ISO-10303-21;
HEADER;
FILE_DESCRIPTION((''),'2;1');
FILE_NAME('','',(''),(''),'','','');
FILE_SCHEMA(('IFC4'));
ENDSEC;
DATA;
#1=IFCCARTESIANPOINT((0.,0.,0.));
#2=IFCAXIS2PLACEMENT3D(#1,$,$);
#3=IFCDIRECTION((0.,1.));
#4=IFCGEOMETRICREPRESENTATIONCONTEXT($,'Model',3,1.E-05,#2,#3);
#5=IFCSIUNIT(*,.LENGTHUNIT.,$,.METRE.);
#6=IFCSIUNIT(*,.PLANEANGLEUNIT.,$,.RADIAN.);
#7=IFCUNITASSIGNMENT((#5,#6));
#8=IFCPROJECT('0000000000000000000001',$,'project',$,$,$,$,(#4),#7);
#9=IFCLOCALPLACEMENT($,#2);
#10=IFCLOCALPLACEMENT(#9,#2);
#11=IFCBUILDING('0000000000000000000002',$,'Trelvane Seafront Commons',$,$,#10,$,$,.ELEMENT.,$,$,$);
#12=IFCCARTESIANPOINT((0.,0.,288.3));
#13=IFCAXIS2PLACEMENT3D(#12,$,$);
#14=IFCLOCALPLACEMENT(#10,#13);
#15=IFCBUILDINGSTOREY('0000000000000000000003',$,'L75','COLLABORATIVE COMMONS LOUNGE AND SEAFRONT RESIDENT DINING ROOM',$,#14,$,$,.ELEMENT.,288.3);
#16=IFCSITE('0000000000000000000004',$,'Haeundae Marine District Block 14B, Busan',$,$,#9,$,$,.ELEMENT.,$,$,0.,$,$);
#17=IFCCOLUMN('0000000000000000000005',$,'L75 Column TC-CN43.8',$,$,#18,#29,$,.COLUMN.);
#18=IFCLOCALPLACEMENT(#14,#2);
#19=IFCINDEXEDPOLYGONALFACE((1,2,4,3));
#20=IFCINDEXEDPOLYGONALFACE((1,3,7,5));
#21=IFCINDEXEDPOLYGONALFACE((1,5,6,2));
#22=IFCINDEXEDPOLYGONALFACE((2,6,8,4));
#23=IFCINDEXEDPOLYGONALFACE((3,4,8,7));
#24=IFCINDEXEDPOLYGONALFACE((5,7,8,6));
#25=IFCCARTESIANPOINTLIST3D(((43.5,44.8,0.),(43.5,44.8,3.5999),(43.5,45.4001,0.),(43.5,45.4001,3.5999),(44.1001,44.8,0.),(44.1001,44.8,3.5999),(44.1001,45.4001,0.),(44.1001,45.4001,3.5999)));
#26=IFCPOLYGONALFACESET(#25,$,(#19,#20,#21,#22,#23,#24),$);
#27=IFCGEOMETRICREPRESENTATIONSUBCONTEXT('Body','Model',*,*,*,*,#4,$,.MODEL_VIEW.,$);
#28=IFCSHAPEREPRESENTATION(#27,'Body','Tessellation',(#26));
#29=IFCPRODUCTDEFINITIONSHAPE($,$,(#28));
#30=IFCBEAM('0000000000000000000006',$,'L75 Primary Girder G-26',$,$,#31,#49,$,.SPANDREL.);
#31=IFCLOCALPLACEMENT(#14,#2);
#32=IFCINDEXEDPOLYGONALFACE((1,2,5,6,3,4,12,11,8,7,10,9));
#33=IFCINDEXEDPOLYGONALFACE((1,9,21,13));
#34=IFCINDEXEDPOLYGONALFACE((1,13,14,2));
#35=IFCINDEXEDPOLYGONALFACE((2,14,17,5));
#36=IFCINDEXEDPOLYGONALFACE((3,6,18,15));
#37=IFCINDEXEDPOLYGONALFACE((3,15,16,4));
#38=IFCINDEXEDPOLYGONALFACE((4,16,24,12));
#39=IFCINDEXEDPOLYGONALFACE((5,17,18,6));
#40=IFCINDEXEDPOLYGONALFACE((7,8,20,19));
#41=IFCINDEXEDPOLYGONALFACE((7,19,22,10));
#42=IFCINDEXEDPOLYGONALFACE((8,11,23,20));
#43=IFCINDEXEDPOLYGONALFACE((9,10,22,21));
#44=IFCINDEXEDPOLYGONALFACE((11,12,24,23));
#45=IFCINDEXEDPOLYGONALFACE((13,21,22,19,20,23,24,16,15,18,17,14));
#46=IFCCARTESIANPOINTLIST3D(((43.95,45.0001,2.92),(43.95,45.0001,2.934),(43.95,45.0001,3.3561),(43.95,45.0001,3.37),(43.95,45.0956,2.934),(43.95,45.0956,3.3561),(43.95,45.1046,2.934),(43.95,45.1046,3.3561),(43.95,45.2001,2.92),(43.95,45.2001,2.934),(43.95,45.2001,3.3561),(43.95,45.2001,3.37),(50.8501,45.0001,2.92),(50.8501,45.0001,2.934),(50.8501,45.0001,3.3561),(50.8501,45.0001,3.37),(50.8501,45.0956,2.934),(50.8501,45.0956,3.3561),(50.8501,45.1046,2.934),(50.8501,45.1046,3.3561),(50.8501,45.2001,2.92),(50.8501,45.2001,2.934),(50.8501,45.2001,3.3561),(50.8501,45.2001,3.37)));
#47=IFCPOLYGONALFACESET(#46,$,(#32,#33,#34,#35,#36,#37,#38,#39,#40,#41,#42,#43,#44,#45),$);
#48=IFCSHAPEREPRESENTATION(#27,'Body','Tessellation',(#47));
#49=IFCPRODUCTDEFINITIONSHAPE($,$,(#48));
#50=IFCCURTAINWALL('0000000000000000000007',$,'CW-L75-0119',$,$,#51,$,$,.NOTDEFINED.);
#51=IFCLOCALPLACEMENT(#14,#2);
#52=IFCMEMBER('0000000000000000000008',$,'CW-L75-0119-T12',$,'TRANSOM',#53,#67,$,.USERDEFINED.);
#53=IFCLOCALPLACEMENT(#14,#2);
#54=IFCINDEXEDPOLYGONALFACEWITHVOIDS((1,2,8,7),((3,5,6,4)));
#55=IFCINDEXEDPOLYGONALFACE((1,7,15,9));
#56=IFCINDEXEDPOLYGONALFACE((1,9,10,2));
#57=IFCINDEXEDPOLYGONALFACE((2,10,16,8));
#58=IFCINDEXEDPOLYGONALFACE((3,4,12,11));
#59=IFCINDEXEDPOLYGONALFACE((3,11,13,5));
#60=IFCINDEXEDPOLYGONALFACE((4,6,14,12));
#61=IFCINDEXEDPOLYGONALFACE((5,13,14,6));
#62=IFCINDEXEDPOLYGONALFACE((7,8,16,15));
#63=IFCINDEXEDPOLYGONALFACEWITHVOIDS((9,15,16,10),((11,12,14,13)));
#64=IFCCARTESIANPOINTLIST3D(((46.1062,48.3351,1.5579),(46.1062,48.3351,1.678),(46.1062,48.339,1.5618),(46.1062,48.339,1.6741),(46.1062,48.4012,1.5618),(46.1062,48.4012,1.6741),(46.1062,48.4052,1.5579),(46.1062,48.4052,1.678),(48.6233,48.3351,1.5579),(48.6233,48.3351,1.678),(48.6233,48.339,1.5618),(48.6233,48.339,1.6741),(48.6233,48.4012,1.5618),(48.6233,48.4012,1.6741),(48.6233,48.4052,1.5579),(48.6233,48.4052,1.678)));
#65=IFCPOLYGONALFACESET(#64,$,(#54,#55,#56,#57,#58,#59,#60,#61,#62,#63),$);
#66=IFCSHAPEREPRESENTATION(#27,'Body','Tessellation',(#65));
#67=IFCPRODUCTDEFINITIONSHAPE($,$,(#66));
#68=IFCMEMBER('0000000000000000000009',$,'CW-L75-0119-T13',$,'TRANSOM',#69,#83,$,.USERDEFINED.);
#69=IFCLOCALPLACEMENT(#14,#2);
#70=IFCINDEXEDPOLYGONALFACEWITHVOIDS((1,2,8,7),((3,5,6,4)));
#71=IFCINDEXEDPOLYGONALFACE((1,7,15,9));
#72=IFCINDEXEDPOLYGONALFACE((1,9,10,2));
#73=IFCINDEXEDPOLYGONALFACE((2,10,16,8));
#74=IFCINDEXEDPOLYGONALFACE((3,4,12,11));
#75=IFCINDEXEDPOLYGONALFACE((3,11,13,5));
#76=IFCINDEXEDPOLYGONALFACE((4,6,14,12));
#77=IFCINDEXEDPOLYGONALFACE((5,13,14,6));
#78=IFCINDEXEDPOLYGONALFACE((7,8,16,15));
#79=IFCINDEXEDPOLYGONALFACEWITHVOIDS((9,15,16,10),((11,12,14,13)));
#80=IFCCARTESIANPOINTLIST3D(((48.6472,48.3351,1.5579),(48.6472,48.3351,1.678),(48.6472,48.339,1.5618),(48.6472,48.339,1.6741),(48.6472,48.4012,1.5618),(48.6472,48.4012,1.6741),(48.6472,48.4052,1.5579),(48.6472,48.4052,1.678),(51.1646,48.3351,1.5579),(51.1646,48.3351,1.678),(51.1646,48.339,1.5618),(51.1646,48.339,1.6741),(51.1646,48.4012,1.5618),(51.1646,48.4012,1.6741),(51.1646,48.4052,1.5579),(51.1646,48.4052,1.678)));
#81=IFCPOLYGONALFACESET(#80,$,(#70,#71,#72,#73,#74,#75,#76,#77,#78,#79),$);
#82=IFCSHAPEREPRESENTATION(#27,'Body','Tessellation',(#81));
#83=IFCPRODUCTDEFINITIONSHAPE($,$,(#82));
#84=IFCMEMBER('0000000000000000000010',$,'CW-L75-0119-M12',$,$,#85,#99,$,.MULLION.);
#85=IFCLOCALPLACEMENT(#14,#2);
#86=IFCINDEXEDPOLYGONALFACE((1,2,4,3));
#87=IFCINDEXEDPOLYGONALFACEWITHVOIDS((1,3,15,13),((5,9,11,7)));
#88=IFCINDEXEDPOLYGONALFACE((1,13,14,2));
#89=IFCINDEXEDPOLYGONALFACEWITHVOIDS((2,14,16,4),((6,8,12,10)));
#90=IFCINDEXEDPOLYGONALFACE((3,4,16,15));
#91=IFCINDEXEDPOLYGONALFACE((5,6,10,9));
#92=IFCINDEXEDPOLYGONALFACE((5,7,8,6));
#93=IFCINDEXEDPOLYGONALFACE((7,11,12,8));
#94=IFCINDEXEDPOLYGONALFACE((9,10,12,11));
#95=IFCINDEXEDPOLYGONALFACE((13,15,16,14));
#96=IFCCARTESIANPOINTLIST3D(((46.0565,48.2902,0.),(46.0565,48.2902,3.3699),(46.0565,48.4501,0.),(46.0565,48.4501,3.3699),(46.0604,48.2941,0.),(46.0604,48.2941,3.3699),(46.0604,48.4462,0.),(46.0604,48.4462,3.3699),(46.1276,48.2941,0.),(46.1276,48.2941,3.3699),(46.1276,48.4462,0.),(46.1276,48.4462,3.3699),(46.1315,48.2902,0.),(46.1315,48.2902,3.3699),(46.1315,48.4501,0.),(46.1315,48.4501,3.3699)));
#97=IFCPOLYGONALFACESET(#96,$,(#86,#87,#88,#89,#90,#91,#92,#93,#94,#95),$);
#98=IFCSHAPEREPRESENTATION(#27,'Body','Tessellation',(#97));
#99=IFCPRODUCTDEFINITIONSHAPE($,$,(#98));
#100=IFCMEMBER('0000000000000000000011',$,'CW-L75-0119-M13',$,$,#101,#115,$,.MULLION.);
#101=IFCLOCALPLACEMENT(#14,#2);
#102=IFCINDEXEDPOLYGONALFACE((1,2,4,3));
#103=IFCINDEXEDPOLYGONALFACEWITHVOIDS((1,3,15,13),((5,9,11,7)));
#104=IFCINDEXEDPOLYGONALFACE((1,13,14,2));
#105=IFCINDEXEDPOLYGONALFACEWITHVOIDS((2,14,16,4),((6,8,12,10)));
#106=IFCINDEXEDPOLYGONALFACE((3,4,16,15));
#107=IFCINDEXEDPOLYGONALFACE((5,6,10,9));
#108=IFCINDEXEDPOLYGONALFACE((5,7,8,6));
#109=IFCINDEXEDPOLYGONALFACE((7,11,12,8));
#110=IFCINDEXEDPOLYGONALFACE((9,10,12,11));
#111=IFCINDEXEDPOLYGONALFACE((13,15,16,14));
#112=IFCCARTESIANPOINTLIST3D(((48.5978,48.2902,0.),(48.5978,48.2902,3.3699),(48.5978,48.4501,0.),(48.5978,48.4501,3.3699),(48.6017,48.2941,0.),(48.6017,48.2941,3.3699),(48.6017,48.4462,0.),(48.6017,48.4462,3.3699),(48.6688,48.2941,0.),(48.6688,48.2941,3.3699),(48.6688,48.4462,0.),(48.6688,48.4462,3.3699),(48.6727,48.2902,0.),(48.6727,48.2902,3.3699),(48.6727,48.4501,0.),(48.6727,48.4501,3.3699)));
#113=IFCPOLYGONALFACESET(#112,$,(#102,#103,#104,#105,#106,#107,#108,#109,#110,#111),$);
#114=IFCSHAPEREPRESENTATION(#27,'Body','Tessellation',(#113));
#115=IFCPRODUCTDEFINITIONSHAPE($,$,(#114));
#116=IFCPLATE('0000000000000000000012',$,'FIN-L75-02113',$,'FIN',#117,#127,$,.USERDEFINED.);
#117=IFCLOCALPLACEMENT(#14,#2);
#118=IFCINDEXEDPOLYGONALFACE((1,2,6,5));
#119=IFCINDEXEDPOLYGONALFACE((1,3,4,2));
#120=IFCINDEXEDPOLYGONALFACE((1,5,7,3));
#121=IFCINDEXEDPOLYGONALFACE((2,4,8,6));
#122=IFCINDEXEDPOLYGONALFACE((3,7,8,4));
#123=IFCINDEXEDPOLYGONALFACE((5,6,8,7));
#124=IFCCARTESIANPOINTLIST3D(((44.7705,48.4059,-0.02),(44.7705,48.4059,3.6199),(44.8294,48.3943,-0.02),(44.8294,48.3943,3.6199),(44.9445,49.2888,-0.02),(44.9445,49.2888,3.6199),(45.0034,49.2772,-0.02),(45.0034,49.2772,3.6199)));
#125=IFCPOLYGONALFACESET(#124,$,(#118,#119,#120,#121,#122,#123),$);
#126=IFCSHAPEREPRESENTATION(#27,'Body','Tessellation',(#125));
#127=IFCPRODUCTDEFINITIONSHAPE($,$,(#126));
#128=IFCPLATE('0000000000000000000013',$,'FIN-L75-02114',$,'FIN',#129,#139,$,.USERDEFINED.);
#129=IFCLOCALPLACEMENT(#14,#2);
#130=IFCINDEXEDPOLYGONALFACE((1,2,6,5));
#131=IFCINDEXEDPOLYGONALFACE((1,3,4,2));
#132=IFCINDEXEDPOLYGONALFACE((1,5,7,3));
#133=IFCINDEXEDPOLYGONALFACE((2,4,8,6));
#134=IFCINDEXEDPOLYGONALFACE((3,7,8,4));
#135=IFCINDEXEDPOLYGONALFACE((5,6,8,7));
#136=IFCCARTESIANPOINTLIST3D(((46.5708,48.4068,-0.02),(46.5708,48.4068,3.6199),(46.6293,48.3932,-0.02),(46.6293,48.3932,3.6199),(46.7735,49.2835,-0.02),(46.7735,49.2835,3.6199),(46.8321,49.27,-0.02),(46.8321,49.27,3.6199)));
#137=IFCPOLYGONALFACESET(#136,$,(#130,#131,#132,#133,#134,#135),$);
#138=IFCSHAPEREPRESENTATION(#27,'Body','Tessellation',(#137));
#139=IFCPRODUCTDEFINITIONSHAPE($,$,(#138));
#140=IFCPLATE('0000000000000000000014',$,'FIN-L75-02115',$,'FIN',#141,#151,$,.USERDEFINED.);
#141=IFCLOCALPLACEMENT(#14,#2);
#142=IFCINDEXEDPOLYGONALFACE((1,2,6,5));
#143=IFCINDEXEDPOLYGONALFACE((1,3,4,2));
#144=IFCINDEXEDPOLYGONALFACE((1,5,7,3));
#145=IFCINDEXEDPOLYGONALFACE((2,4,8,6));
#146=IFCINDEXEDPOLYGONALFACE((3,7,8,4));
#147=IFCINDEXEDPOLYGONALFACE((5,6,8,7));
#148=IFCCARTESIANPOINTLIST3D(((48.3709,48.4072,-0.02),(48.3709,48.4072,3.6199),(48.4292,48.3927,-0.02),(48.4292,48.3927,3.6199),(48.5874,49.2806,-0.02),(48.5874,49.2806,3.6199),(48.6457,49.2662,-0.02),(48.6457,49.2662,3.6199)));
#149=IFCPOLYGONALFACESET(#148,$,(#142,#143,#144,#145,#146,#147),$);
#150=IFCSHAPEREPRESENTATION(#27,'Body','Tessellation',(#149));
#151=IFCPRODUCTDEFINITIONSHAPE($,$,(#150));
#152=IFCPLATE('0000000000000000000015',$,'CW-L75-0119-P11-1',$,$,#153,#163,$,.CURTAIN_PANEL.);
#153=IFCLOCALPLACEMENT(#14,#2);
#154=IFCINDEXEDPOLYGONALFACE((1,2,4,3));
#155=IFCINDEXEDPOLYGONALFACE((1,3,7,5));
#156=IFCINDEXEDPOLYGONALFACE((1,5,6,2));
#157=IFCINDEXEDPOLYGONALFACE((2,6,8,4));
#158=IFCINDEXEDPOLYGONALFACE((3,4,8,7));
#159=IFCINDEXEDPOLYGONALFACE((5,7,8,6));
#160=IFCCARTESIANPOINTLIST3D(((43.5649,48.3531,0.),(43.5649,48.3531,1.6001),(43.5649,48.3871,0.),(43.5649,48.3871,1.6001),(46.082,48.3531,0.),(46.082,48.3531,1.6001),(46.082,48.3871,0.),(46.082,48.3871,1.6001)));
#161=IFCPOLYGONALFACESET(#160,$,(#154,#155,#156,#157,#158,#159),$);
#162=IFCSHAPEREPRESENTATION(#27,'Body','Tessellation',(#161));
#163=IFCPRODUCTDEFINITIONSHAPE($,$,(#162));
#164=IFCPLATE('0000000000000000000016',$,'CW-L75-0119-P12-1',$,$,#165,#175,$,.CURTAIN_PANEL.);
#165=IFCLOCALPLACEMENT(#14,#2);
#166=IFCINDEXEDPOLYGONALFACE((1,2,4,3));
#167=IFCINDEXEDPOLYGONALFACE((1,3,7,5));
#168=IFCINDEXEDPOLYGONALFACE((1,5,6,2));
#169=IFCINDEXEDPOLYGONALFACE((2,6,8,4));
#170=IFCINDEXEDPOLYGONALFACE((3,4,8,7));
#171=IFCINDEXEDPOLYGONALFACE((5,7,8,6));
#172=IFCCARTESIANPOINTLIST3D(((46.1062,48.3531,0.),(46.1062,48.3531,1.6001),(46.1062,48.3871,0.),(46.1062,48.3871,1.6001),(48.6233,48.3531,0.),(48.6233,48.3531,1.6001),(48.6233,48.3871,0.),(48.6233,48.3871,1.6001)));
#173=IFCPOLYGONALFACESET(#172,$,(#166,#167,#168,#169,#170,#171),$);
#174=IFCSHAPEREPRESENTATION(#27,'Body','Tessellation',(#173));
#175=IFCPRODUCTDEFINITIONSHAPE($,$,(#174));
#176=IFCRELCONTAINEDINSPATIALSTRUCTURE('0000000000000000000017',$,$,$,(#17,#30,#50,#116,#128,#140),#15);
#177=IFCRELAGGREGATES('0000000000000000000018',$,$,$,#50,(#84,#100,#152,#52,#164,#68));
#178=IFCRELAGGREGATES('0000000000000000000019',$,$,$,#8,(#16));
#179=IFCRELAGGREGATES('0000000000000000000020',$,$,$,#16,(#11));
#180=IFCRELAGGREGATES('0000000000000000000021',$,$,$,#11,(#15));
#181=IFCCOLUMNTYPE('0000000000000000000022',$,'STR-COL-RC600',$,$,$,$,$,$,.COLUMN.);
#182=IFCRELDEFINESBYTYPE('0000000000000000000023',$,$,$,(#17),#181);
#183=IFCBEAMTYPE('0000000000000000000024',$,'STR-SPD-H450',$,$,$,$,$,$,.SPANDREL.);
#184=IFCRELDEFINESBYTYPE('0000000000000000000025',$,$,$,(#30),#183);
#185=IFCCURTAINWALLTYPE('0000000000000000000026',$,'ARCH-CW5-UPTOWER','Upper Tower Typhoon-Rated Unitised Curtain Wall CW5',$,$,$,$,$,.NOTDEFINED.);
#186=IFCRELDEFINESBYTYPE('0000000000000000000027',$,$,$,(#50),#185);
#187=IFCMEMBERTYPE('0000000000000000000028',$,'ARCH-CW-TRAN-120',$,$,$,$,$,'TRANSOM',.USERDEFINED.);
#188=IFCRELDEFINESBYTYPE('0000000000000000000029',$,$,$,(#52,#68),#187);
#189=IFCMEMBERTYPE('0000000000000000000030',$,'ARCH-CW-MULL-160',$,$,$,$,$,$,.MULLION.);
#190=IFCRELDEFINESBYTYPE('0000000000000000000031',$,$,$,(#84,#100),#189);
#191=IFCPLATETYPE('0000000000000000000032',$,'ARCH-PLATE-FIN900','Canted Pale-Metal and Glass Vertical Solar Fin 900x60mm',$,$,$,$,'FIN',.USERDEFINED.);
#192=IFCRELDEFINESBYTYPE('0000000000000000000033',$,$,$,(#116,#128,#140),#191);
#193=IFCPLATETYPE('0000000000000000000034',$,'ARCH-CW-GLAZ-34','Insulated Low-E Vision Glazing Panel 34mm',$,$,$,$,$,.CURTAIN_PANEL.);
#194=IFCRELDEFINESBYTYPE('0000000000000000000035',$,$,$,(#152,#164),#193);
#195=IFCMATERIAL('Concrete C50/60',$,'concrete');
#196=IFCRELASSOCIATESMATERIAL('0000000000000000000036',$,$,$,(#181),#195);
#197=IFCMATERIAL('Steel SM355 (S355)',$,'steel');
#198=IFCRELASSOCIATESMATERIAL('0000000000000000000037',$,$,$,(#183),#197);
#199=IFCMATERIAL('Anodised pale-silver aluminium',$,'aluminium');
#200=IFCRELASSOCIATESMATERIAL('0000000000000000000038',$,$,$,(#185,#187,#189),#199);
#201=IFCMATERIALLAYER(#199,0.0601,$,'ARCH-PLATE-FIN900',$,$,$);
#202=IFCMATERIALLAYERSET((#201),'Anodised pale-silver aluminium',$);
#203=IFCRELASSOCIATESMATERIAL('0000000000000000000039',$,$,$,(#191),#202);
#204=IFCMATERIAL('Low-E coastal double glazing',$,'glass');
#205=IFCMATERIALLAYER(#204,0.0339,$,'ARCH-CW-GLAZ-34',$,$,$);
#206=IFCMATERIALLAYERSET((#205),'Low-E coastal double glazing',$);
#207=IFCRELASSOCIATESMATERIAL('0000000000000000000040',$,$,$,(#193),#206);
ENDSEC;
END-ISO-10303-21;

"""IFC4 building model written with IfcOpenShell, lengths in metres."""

from ifc_helpers import new_model, si_unit, direction, frame, origin, origin_2d, place, context, subcontext, project, spatial, rectangle, hollow_rectangle, i_section, extrude, source, transform, mapped, material, layer, layer_set, material_profile, profile_set, type_object, element, aggregate, save


model = new_model("IFC4")

# Units and contexts
model_context = context("Model", 3, precision=1e-05, world=origin(), true_north=direction((0.0, 1.0)))
body_context = subcontext(model_context, "Body", "Model", "MODEL_VIEW")
ifc_project = project(units=[si_unit("LENGTHUNIT", "METRE"), si_unit("PLANEANGLEUNIT", "RADIAN")], contexts=[model_context])

# Site, building, storey
site_placement = place(None, origin())
site = spatial("IfcSite", under=ifc_project, at=site_placement, Name="Haeundae Marine District Block 14B, Busan", CompositionType="ELEMENT", RefElevation=0.0)
building_placement = place(site_placement, origin())
building = spatial("IfcBuilding", under=site, at=building_placement, Name="Trelvane Seafront Commons", CompositionType="ELEMENT")
storey_placement = place(building_placement, frame((0.0, 0.0, 288.3)))
storey = spatial("IfcBuildingStorey", under=building, at=storey_placement, Name="L75", Description="COLLABORATIVE COMMONS LOUNGE AND SEAFRONT RESIDENT DINING ROOM", CompositionType="ELEMENT", Elevation=288.3)

# Column
ifc_material_1 = material(Name="Concrete C50/60", Category="concrete")
ifc_material_profile_1 = material_profile(ifc_material_1, rectangle(XDim=0.6001, YDim=0.6001, at=origin_2d()), Name="RC-600x600")
ifc_profile_set_1 = profile_set([ifc_material_profile_1], Name="Concrete C50/60")
column_type = type_object("IfcColumnType", Name="STR-COL-RC600", PredefinedType="COLUMN", material=ifc_profile_set_1)
shared_shape_1 = source(origin(), body_context, "Body", "SweptSolid", [
    extrude(rectangle(XDim=0.6001, YDim=0.6001, at=origin_2d()), origin(), (0.0, 0.0, 1.0), 3.5999),
])
column_placement = place(storey_placement, frame((43.8, 45.1001, 0.0), z_axis=(0.0, 0.0, 1.0), x_axis=(1.0, 0.0, 0.0)))
element("IfcColumn", 1, at=column_placement, inside=storey, type_object=column_type, Name="L75 Column TC-CN43.8", PredefinedType="COLUMN", context=body_context, shape_type="MappedRepresentation", body=[
    mapped(shared_shape_1, transform((0.0, 0.0, 0.0), x_axis=(1.0, 0.0, 0.0), y_axis=(0.0, 1.0, 0.0), z_axis=(0.0, 0.0, 1.0), scale=1.0)),
])

# Beam
ifc_material_2 = material(Name="Steel SM355 (S355)", Category="steel")
ifc_material_profile_2 = material_profile(ifc_material_2, i_section(OverallWidth=0.2, OverallDepth=0.45, WebThickness=0.009, FlangeThickness=0.0139, at=origin_2d()), Name="H-450x200x9x14")
ifc_profile_set_2 = profile_set([ifc_material_profile_2], Name="Steel SM355 (S355)")
beam_type = type_object("IfcBeamType", Name="STR-SPD-H450", PredefinedType="SPANDREL", material=ifc_profile_set_2)
shared_shape_2 = source(origin(), body_context, "Body", "SweptSolid", [
    extrude(i_section(OverallWidth=0.2, OverallDepth=0.45, WebThickness=0.009, FlangeThickness=0.0139, at=origin_2d()), origin(), (0.0, 0.0, 1.0), 6.9001),
])
beam_placement = place(storey_placement, frame((43.95, 45.1001, 3.145), z_axis=(1.0, 0.0, 0.0), x_axis=(0.0, 1.0, 0.0)))
element("IfcBeam", 2, at=beam_placement, inside=storey, type_object=beam_type, Name="L75 Primary Girder G-26", PredefinedType="SPANDREL", context=body_context, shape_type="MappedRepresentation", body=[
    mapped(shared_shape_2, transform((0.0, 0.0, 0.0), x_axis=(1.0, 0.0, 0.0), y_axis=(0.0, 1.0, 0.0), z_axis=(0.0, 0.0, 1.0), scale=1.0)),
])

# Curtain wall, members
ifc_material_3 = material(Name="Anodised pale-silver aluminium", Category="aluminium")
curtain_wall_type = type_object("IfcCurtainWallType", Name="ARCH-CW5-UPTOWER", Description="Upper Tower Typhoon-Rated Unitised Curtain Wall CW5", PredefinedType="NOTDEFINED", material=ifc_material_3)
curtain_wall_placement = place(storey_placement, origin())
curtain_wall = element("IfcCurtainWall", 3, at=curtain_wall_placement, inside=storey, type_object=curtain_wall_type, Name="CW-L75-0119", PredefinedType="NOTDEFINED")
ifc_material_profile_3 = material_profile(ifc_material_3, hollow_rectangle(XDim=0.0701, YDim=0.1201, WallThickness=0.0039, at=origin_2d()), Name="TRAN-70x120x4")
ifc_profile_set_3 = profile_set([ifc_material_profile_3], Name="Anodised pale-silver aluminium")
member_type_1 = type_object("IfcMemberType", Name="ARCH-CW-TRAN-120", ElementType="TRANSOM", PredefinedType="USERDEFINED", material=ifc_profile_set_3)
shared_shape_3 = source(origin(), body_context, "Body", "SweptSolid", [
    extrude(hollow_rectangle(XDim=0.0701, YDim=0.1201, WallThickness=0.0039, at=origin_2d()), origin(), (0.0, 0.0, 1.0), 2.5171),
])
member_1_placement = place(storey_placement, frame((46.1062, 48.3701, 1.6179), z_axis=(1.0, 0.0, 0.0), x_axis=(0.0, 1.0, 0.0)))
member_1 = element("IfcMember", 4, at=member_1_placement, type_object=member_type_1, Name="CW-L75-0119-T12", ObjectType="TRANSOM", PredefinedType="USERDEFINED", context=body_context, shape_type="MappedRepresentation", body=[
    mapped(shared_shape_3, transform((0.0, 0.0, 0.0), x_axis=(1.0, 0.0, 0.0), y_axis=(0.0, 1.0, 0.0), z_axis=(0.0, 0.0, 1.0), scale=1.0)),
])
shared_shape_4 = source(origin(), body_context, "Body", "SweptSolid", [
    extrude(hollow_rectangle(XDim=0.0701, YDim=0.1201, WallThickness=0.0039, at=origin_2d()), origin(), (0.0, 0.0, 1.0), 2.5173),
])
member_2_placement = place(storey_placement, frame((48.6472, 48.3701, 1.6179), z_axis=(1.0, 0.0, 0.0), x_axis=(0.0, 1.0, 0.0)))
member_2 = element("IfcMember", 5, at=member_2_placement, type_object=member_type_1, Name="CW-L75-0119-T13", ObjectType="TRANSOM", PredefinedType="USERDEFINED", context=body_context, shape_type="MappedRepresentation", body=[
    mapped(shared_shape_4, transform((0.0, 0.0, 0.0), x_axis=(1.0, 0.0, 0.0), y_axis=(0.0, 1.0, 0.0), z_axis=(0.0, 0.0, 1.0), scale=1.0)),
])
ifc_material_profile_4 = material_profile(ifc_material_3, hollow_rectangle(XDim=0.075, YDim=0.1599, WallThickness=0.0039, at=origin_2d()), Name="MULL-75x160x4")
ifc_profile_set_4 = profile_set([ifc_material_profile_4], Name="Anodised pale-silver aluminium")
member_type_2 = type_object("IfcMemberType", Name="ARCH-CW-MULL-160", PredefinedType="MULLION", material=ifc_profile_set_4)
shared_shape_5 = source(origin(), body_context, "Body", "SweptSolid", [
    extrude(hollow_rectangle(XDim=0.075, YDim=0.1599, WallThickness=0.0039, at=origin_2d()), origin(), (0.0, 0.0, 1.0), 3.3699),
])
member_3_placement = place(storey_placement, frame((46.094, 48.3701, 0.0), z_axis=(0.0, 0.0, 1.0), x_axis=(1.0, 0.0, 0.0)))
member_3 = element("IfcMember", 6, at=member_3_placement, type_object=member_type_2, Name="CW-L75-0119-M12", PredefinedType="MULLION", context=body_context, shape_type="MappedRepresentation", body=[
    mapped(shared_shape_5, transform((0.0, 0.0, 0.0), x_axis=(1.0, 0.0, 0.0), y_axis=(0.0, 1.0, 0.0), z_axis=(0.0, 0.0, 1.0), scale=1.0)),
])
member_4_placement = place(storey_placement, frame((48.6353, 48.3701, 0.0), z_axis=(0.0, 0.0, 1.0), x_axis=(1.0, 0.0, 0.0)))
member_4 = element("IfcMember", 7, at=member_4_placement, type_object=member_type_2, Name="CW-L75-0119-M13", PredefinedType="MULLION", context=body_context, shape_type="MappedRepresentation", body=[
    mapped(shared_shape_5, transform((0.0, 0.0, 0.0), x_axis=(1.0, 0.0, 0.0), y_axis=(0.0, 1.0, 0.0), z_axis=(0.0, 0.0, 1.0), scale=1.0)),
])

# Plates
ifc_layer_1 = layer(ifc_material_3, 0.0601, Name="ARCH-PLATE-FIN900")
ifc_layer_set_1 = layer_set([ifc_layer_1], Name="Anodised pale-silver aluminium")
plate_type_1 = type_object("IfcPlateType", Name="ARCH-PLATE-FIN900", Description="Canted Pale-Metal and Glass Vertical Solar Fin 900x60mm", ElementType="FIN", PredefinedType="USERDEFINED", material=ifc_layer_set_1)
shared_shape_6 = source(origin(), body_context, "Body", "SweptSolid", [
    extrude(rectangle(XDim=0.8999, YDim=0.0601, at=origin_2d()), origin(), (0.0, 0.0, 1.0), 3.6399),
])
for number, where, z_axis, x_axis, name in (
    (8, (44.887, 48.8416, -0.02), (0.0, 0.0, 1.0), (0.193337, 0.981132, 0.0), "FIN-L75-02113"),
    (9, (46.7014, 48.8384, -0.02), (0.0, 0.0, 1.0), (0.225322, 0.974284, 0.0), "FIN-L75-02114"),
    (10, (48.5083, 48.8367, -0.02), (0.0, 0.0, 1.0), (0.240679, 0.970605, 0.0), "FIN-L75-02115"),
):
    element("IfcPlate", number, at=place(storey_placement, frame(where, z_axis=z_axis, x_axis=x_axis)), inside=storey, type_object=plate_type_1, Name=name, ObjectType="FIN", PredefinedType="USERDEFINED", context=body_context, shape_type="MappedRepresentation", body=[
        mapped(shared_shape_6, transform((0.0, 0.0, 0.0), x_axis=(1.0, 0.0, 0.0), y_axis=(0.0, 1.0, 0.0), z_axis=(0.0, 0.0, 1.0), scale=1.0)),
    ])

# Plates
ifc_material_4 = material(Name="Low-E coastal double glazing", Category="glass")
ifc_layer_2 = layer(ifc_material_4, 0.0339, Name="ARCH-CW-GLAZ-34")
ifc_layer_set_2 = layer_set([ifc_layer_2], Name="Low-E coastal double glazing")
plate_type_2 = type_object("IfcPlateType", Name="ARCH-CW-GLAZ-34", Description="Insulated Low-E Vision Glazing Panel 34mm", PredefinedType="CURTAIN_PANEL", material=ifc_layer_set_2)
shared_shape_7 = source(origin(), body_context, "Body", "SweptSolid", [
    extrude(rectangle(XDim=2.5171, YDim=0.0339, at=origin_2d()), origin(), (0.0, 0.0, 1.0), 1.6001),
])
plate_1_placement = place(storey_placement, frame((44.8235, 48.3701, 0.0), z_axis=(0.0, 0.0, 1.0), x_axis=(1.0, 0.0, 0.0)))
plate_1 = element("IfcPlate", 11, at=plate_1_placement, type_object=plate_type_2, Name="CW-L75-0119-P11-1", PredefinedType="CURTAIN_PANEL", context=body_context, shape_type="MappedRepresentation", body=[
    mapped(shared_shape_7, transform((0.0, 0.0, 0.0), x_axis=(1.0, 0.0, 0.0), y_axis=(0.0, 1.0, 0.0), z_axis=(0.0, 0.0, 1.0), scale=1.0)),
])
plate_2_placement = place(storey_placement, frame((47.3647, 48.3701, 0.0), z_axis=(0.0, 0.0, 1.0), x_axis=(1.0, 0.0, 0.0)))
plate_2 = element("IfcPlate", 12, at=plate_2_placement, type_object=plate_type_2, Name="CW-L75-0119-P12-1", PredefinedType="CURTAIN_PANEL", context=body_context, shape_type="MappedRepresentation", body=[
    mapped(shared_shape_7, transform((0.0, 0.0, 0.0), x_axis=(1.0, 0.0, 0.0), y_axis=(0.0, 1.0, 0.0), z_axis=(0.0, 0.0, 1.0), scale=1.0)),
])
aggregate(curtain_wall, [member_3, member_4, plate_1, member_1, plate_2, member_2])

save(model, "model.ifc")
